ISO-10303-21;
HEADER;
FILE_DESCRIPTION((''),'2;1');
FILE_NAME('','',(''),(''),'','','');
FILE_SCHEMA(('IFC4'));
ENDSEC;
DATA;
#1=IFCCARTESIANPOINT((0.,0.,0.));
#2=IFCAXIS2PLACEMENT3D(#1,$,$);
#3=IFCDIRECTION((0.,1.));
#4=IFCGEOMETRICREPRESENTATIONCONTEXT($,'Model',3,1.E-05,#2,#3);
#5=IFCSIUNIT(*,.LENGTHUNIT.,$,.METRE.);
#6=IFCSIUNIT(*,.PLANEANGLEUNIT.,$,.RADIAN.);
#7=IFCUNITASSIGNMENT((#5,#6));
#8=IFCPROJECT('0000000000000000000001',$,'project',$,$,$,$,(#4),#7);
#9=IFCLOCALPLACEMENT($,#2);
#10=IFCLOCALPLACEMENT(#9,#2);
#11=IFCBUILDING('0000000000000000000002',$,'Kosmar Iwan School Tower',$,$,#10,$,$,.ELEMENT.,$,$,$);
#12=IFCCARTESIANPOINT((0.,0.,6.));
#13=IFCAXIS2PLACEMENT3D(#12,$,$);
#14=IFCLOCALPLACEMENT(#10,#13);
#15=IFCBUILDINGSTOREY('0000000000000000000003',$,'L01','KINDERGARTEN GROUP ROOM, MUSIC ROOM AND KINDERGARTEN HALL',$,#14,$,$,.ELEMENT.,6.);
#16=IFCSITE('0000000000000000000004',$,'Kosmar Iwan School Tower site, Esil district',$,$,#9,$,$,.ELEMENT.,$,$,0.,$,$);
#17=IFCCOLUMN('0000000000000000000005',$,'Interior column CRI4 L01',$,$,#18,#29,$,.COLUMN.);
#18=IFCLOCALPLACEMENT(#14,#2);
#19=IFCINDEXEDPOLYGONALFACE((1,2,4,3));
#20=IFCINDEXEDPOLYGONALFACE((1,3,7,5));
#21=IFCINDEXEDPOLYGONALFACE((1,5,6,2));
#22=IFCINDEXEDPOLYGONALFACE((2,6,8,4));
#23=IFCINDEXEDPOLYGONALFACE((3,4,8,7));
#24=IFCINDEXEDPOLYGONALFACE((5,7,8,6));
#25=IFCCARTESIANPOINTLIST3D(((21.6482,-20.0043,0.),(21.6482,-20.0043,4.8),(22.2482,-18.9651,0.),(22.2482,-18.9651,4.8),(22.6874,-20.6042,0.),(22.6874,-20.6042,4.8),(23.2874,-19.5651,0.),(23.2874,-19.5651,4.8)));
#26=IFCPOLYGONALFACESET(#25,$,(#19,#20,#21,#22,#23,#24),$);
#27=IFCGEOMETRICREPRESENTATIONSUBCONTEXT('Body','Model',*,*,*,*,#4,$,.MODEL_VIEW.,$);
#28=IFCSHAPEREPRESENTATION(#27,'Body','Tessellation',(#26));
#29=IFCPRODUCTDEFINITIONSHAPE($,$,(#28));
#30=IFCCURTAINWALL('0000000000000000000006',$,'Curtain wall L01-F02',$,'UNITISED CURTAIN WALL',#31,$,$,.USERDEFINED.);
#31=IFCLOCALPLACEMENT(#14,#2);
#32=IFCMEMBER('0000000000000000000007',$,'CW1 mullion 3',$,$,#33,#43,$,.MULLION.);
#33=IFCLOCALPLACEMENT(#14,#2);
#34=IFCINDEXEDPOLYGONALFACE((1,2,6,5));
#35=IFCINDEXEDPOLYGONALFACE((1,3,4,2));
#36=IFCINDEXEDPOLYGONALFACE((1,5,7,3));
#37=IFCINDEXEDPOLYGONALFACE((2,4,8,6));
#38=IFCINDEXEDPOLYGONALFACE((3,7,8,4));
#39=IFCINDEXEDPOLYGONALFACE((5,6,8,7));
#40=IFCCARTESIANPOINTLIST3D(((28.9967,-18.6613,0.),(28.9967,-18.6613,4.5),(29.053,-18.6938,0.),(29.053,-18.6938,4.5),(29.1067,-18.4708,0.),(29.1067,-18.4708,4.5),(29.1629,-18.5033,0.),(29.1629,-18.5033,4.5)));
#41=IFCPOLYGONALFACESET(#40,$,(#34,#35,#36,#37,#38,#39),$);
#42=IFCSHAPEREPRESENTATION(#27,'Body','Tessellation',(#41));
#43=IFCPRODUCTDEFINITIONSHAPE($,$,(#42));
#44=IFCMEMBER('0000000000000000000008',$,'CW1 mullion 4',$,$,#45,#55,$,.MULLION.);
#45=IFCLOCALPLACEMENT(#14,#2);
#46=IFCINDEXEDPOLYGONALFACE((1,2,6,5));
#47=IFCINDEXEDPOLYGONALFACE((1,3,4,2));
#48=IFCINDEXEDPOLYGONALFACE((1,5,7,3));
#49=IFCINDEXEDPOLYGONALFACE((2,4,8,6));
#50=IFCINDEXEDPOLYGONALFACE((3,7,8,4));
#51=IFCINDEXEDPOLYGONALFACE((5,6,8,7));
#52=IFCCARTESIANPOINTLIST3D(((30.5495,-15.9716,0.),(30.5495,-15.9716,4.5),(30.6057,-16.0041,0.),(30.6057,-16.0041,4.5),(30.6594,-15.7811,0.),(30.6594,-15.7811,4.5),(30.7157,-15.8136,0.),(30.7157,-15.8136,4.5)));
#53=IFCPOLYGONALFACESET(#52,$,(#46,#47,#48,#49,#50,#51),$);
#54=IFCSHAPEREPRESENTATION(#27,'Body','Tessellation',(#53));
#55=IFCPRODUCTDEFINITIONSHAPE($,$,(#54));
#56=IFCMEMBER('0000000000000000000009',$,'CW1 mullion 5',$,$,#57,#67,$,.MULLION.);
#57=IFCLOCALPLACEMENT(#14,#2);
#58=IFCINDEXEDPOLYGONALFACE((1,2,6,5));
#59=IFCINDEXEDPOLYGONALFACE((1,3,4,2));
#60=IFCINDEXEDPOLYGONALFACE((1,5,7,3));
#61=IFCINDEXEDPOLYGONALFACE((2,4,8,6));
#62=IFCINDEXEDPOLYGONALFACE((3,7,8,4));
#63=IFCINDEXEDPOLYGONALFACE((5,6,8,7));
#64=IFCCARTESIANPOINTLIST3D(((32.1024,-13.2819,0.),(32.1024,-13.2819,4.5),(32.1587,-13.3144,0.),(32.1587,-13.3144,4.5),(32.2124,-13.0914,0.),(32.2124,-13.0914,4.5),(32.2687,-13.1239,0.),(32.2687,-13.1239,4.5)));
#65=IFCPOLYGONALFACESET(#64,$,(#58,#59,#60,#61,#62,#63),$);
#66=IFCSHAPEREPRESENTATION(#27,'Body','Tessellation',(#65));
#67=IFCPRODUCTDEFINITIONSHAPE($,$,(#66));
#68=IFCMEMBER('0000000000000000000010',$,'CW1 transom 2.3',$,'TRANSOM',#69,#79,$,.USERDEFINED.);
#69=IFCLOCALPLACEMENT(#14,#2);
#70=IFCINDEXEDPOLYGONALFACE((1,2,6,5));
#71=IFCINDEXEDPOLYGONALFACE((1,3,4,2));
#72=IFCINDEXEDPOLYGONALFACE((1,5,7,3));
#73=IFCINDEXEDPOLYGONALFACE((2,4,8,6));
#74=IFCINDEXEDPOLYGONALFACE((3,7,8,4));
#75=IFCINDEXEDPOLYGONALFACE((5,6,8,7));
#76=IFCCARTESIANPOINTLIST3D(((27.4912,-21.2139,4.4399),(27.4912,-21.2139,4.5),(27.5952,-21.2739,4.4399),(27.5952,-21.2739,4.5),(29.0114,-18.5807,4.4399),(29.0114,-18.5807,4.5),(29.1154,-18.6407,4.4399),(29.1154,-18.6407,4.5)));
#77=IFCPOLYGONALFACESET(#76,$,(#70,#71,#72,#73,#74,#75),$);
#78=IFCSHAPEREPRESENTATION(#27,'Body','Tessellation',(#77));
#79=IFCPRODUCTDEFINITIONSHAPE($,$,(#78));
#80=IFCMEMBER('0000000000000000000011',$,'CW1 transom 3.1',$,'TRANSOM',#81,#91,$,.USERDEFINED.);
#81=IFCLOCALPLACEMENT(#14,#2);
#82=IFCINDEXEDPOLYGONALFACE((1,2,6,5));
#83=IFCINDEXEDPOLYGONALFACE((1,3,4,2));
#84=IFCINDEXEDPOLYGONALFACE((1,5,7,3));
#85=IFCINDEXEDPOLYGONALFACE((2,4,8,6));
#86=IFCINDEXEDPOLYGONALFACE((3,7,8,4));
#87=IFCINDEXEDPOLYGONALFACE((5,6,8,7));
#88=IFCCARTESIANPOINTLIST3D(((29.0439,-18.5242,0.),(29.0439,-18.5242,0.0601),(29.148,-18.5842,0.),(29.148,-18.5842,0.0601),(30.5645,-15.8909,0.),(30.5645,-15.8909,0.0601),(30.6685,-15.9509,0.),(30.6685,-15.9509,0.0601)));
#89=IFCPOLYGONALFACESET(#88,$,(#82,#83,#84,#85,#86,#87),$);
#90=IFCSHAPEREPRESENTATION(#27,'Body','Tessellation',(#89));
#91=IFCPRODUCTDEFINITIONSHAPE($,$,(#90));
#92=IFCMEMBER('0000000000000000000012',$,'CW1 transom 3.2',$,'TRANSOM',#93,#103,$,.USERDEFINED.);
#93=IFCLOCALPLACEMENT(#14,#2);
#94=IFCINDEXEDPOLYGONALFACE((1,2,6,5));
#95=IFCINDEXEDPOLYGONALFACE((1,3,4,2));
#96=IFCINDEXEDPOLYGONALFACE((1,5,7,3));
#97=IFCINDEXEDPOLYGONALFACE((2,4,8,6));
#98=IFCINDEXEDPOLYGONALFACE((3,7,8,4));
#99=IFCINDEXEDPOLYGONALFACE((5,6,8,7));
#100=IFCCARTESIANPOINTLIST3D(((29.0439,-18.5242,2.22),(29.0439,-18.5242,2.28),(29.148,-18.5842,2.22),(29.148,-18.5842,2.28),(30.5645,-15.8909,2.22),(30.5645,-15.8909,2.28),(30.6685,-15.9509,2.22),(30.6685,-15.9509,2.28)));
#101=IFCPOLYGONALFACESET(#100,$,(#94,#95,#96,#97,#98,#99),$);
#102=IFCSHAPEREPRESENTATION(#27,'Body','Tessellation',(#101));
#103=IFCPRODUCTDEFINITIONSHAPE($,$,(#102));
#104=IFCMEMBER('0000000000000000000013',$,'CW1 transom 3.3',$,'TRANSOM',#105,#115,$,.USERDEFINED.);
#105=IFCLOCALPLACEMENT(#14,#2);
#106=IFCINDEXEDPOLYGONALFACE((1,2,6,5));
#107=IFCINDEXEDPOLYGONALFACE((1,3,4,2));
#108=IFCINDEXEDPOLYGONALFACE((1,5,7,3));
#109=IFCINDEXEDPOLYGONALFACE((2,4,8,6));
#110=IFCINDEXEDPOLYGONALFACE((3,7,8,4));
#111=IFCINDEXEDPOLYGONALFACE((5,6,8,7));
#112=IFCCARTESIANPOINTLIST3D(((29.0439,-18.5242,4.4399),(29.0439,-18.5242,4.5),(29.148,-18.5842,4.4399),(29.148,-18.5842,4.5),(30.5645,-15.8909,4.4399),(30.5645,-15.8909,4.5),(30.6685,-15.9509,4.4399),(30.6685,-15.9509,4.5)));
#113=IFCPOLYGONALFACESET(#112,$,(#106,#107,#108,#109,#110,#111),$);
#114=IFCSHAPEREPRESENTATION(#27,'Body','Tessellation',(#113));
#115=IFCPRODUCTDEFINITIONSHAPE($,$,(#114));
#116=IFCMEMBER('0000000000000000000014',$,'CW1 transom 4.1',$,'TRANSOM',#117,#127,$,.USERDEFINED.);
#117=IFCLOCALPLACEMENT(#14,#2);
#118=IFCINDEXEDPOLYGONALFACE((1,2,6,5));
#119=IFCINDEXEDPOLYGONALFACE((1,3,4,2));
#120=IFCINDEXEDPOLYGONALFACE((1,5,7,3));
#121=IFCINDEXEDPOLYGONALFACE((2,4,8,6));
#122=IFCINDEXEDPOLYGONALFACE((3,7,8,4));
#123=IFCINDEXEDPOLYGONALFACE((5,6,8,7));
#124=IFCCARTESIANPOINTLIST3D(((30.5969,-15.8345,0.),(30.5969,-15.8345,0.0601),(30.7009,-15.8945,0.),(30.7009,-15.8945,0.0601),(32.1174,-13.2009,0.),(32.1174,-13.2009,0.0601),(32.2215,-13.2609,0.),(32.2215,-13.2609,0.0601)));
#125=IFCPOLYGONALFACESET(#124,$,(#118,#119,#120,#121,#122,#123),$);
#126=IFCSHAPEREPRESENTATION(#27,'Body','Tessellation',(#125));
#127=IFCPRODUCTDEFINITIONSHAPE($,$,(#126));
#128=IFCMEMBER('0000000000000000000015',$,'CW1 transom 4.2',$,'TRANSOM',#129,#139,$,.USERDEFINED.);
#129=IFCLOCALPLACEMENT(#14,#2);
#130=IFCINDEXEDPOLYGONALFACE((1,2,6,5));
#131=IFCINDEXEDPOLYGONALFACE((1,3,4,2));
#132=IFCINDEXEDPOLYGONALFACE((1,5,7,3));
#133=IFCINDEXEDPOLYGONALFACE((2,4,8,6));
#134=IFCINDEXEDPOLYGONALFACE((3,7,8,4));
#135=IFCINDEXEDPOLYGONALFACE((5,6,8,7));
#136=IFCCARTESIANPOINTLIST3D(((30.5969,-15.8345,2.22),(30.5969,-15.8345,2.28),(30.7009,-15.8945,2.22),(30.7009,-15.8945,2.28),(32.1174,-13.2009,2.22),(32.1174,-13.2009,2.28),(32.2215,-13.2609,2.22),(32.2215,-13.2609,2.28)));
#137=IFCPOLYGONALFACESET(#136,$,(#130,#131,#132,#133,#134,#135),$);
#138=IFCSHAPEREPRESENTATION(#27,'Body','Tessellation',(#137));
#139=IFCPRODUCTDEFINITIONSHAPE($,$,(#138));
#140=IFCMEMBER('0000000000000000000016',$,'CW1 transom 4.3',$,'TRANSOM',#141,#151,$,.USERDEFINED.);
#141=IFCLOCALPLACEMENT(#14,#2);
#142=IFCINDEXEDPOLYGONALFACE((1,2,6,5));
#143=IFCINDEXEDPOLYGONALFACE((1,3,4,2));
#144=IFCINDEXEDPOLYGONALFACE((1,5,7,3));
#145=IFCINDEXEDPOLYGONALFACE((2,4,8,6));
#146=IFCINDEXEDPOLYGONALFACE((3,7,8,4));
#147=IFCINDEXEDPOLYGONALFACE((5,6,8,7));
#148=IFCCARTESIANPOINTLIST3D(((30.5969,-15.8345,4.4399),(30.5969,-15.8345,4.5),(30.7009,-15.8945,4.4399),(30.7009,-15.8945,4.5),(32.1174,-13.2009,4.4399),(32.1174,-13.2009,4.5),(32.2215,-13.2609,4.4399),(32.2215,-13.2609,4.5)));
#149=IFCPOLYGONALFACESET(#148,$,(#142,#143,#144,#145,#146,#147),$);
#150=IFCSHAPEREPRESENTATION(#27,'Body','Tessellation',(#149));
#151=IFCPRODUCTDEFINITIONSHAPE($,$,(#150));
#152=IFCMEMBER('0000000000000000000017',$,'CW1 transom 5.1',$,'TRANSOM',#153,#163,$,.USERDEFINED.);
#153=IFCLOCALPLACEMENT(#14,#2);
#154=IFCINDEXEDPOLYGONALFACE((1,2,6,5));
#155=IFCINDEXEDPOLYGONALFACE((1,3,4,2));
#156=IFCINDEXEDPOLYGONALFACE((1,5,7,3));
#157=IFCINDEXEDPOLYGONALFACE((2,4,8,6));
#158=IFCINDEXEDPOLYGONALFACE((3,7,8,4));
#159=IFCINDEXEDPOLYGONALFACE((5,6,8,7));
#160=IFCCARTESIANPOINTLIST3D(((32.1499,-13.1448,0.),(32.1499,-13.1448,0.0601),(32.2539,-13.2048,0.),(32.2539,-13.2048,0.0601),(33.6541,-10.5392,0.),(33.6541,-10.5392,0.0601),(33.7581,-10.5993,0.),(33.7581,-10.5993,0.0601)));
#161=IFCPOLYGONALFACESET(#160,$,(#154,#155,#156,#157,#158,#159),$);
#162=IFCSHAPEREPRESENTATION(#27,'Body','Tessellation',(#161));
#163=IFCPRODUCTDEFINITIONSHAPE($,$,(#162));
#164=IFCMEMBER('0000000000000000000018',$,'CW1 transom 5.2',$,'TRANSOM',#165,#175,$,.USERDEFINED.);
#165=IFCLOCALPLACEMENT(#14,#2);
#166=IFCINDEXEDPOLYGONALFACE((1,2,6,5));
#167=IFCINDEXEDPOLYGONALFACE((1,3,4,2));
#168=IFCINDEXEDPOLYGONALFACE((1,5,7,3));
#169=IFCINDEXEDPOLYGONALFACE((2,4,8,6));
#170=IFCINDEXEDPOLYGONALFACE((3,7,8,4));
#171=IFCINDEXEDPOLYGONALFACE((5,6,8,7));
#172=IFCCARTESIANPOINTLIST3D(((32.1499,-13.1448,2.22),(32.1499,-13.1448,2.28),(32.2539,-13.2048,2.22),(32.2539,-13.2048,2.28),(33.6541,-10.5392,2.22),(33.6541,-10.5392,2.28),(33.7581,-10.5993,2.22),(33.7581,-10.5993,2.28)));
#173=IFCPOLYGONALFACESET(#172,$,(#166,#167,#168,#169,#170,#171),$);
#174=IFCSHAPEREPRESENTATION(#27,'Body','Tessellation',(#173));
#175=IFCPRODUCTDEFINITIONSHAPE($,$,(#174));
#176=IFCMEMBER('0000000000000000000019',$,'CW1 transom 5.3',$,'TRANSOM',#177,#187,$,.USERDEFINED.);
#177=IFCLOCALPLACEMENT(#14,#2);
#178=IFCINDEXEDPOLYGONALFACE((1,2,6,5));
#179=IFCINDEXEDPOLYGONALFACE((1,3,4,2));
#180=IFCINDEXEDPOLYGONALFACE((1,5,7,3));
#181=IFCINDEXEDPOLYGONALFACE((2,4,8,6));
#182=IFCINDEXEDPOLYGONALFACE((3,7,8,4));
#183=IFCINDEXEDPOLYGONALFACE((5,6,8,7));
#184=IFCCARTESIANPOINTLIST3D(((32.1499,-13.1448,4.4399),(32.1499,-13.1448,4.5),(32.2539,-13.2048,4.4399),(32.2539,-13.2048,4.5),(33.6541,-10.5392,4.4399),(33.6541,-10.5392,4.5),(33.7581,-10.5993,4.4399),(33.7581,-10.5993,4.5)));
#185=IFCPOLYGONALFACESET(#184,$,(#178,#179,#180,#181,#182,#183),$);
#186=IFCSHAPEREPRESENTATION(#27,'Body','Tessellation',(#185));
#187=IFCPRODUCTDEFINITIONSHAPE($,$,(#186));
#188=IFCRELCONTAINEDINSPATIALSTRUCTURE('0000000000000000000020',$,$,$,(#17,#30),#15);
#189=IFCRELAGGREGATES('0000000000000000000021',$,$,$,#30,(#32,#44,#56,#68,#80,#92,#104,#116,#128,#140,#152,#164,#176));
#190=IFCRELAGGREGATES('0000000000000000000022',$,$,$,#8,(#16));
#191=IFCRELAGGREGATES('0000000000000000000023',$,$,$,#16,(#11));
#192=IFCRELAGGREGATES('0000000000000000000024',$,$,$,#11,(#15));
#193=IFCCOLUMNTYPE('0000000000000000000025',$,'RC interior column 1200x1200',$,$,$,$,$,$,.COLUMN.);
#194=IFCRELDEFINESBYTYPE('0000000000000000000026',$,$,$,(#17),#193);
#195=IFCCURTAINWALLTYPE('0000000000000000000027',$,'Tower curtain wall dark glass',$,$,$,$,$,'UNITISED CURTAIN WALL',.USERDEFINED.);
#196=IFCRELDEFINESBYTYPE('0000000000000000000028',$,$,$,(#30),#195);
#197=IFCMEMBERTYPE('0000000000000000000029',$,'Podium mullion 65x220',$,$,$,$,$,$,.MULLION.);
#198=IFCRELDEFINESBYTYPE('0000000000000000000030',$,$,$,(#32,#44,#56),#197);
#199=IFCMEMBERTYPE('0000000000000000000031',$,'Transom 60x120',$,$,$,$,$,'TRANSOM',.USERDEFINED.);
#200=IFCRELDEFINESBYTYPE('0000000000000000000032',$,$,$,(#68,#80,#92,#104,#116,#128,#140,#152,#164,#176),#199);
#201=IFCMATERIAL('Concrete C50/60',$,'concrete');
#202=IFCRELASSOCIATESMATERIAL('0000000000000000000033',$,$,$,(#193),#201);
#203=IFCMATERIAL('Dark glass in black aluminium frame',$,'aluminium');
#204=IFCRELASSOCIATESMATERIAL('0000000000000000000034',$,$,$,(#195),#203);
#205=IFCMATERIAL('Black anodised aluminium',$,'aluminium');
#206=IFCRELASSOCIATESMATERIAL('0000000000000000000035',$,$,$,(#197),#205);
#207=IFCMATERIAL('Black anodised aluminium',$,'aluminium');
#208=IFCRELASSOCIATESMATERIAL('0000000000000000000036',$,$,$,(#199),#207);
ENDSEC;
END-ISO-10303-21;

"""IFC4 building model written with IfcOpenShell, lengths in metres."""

from ifc_helpers import new_model, si_unit, direction, frame, origin, origin_2d, place, context, subcontext, project, spatial, rectangle, extrude, material, material_profile, profile_set, type_object, element, aggregate, save


model = new_model("IFC4")

# Units and contexts
model_context = context("Model", 3, precision=1e-05, world=origin(), true_north=direction((0.0, 1.0)))
body_context = subcontext(model_context, "Body", "Model", "MODEL_VIEW")
ifc_project = project(units=[si_unit("LENGTHUNIT", "METRE"), si_unit("PLANEANGLEUNIT", "RADIAN")], contexts=[model_context])

# Site, building, storey
site_placement = place(None, origin())
site = spatial("IfcSite", under=ifc_project, at=site_placement, Name="Kosmar Iwan School Tower site, Esil district", CompositionType="ELEMENT", RefElevation=0.0)
building_placement = place(site_placement, origin())
building = spatial("IfcBuilding", under=site, at=building_placement, Name="Kosmar Iwan School Tower", CompositionType="ELEMENT")
storey_placement = place(building_placement, frame((0.0, 0.0, 6.0)))
storey = spatial("IfcBuildingStorey", under=building, at=storey_placement, Name="L01", Description="KINDERGARTEN GROUP ROOM, MUSIC ROOM AND KINDERGARTEN HALL", CompositionType="ELEMENT", Elevation=6.0)

# Column
ifc_material_1 = material(Name="Concrete C50/60", Category="concrete")
ifc_material_profile_1 = material_profile(ifc_material_1, rectangle(XDim=1.2, YDim=1.2, at=origin_2d()), Name="RC 1200x1200")
ifc_profile_set_1 = profile_set([ifc_material_profile_1], Name="Concrete C50/60")
column_type = type_object("IfcColumnType", Name="RC interior column 1200x1200", PredefinedType="COLUMN", material=ifc_profile_set_1)
column_placement = place(storey_placement, frame((22.4678, -19.7847, 0.0), z_axis=(0.0, 0.0, 1.0), x_axis=(0.866025, -0.5, 0.0)))
element("IfcColumn", 1, at=column_placement, inside=storey, type_object=column_type, Name="Interior column CRI4 L01", PredefinedType="COLUMN", context=body_context, shape_type="SweptSolid", body=[
    extrude(rectangle(XDim=1.2, YDim=1.2, at=origin_2d()), origin(), (0.0, 0.0, 1.0), 4.8),
])

# Curtain wall, members
ifc_material_2 = material(Name="Dark glass in black aluminium frame", Category="aluminium")
curtain_wall_type = type_object("IfcCurtainWallType", Name="Tower curtain wall dark glass", ElementType="UNITISED CURTAIN WALL", PredefinedType="USERDEFINED", material=ifc_material_2)
curtain_wall_placement = place(storey_placement, origin())
curtain_wall = element("IfcCurtainWall", 2, at=curtain_wall_placement, inside=storey, type_object=curtain_wall_type, Name="Curtain wall L01-F02", ObjectType="UNITISED CURTAIN WALL", PredefinedType="USERDEFINED")
ifc_material_3 = material(Name="Black anodised aluminium", Category="aluminium")
ifc_material_profile_2 = material_profile(ifc_material_3, rectangle(XDim=0.0649, YDim=0.22, at=origin_2d()), Name="MULLION 65x220")
ifc_profile_set_2 = profile_set([ifc_material_profile_2], Name="Black anodised aluminium")
member_type_1 = type_object("IfcMemberType", Name="Podium mullion 65x220", PredefinedType="MULLION", material=ifc_profile_set_2)
member_1_placement = place(storey_placement, frame((29.0798, -18.5823, 0.0), z_axis=(0.0, 0.0, 1.0), x_axis=(-0.866025, 0.5, 0.0)))
member_1 = element("IfcMember", 3, at=member_1_placement, type_object=member_type_1, Name="CW1 mullion 3", PredefinedType="MULLION", context=body_context, shape_type="SweptSolid", body=[
    extrude(rectangle(XDim=0.0649, YDim=0.22, at=origin_2d()), origin(), (0.0, 0.0, 1.0), 4.5),
])
member_2_placement = place(storey_placement, frame((30.6326, -15.8926, 0.0), z_axis=(0.0, 0.0, 1.0), x_axis=(-0.866025, 0.5, 0.0)))
member_2 = element("IfcMember", 4, at=member_2_placement, type_object=member_type_1, Name="CW1 mullion 4", PredefinedType="MULLION", context=body_context, shape_type="SweptSolid", body=[
    extrude(rectangle(XDim=0.0649, YDim=0.22, at=origin_2d()), origin(), (0.0, 0.0, 1.0), 4.5),
])
member_3_placement = place(storey_placement, frame((32.1855, -13.2029, 0.0), z_axis=(0.0, 0.0, 1.0), x_axis=(-0.866025, 0.5, 0.0)))
member_3 = element("IfcMember", 5, at=member_3_placement, type_object=member_type_1, Name="CW1 mullion 5", PredefinedType="MULLION", context=body_context, shape_type="SweptSolid", body=[
    extrude(rectangle(XDim=0.0649, YDim=0.22, at=origin_2d()), origin(), (0.0, 0.0, 1.0), 4.5),
])
ifc_material_4 = material(Name="Black anodised aluminium", Category="aluminium")
ifc_material_profile_3 = material_profile(ifc_material_4, rectangle(XDim=0.1201, YDim=0.0601, at=origin_2d()), Name="TRANSOM 60x120")
ifc_profile_set_3 = profile_set([ifc_material_profile_3], Name="Black anodised aluminium")
member_type_2 = type_object("IfcMemberType", Name="Transom 60x120", ElementType="TRANSOM", PredefinedType="USERDEFINED", material=ifc_profile_set_3)
member_4_placement = place(storey_placement, frame((27.5432, -21.2439, 4.47), z_axis=(0.499982, 0.866036, 0.0), x_axis=(-0.866036, 0.499982, 0.0)))
member_4 = element("IfcMember", 6, at=member_4_placement, type_object=member_type_2, Name="CW1 transom 2.3", ObjectType="TRANSOM", PredefinedType="USERDEFINED", context=body_context, shape_type="SweptSolid", body=[
    extrude(rectangle(XDim=0.1201, YDim=0.0601, at=origin_2d()), origin(), (0.0, 0.0, 1.0), 3.0405),
])
member_5_placement = place(storey_placement, frame((29.0959, -18.5542, 0.03), z_axis=(0.500042, 0.866001, 0.0), x_axis=(-0.866001, 0.500042, 0.0)))
member_5 = element("IfcMember", 7, at=member_5_placement, type_object=member_type_2, Name="CW1 transom 3.1", ObjectType="TRANSOM", PredefinedType="USERDEFINED", context=body_context, shape_type="SweptSolid", body=[
    extrude(rectangle(XDim=0.1201, YDim=0.0601, at=origin_2d()), origin(), (0.0, 0.0, 1.0), 3.0408),
])
member_6_placement = place(storey_placement, frame((29.0959, -18.5542, 2.25), z_axis=(0.500042, 0.866001, 0.0), x_axis=(-0.866001, 0.500042, 0.0)))
member_6 = element("IfcMember", 8, at=member_6_placement, type_object=member_type_2, Name="CW1 transom 3.2", ObjectType="TRANSOM", PredefinedType="USERDEFINED", context=body_context, shape_type="SweptSolid", body=[
    extrude(rectangle(XDim=0.1201, YDim=0.0601, at=origin_2d()), origin(), (0.0, 0.0, 1.0), 3.0408),
])
member_7_placement = place(storey_placement, frame((29.0959, -18.5542, 4.47), z_axis=(0.500042, 0.866001, 0.0), x_axis=(-0.866001, 0.500042, 0.0)))
member_7 = element("IfcMember", 9, at=member_7_placement, type_object=member_type_2, Name="CW1 transom 3.3", ObjectType="TRANSOM", PredefinedType="USERDEFINED", context=body_context, shape_type="SweptSolid", body=[
    extrude(rectangle(XDim=0.1201, YDim=0.0601, at=origin_2d()), origin(), (0.0, 0.0, 1.0), 3.0408),
])
member_8_placement = place(storey_placement, frame((30.6489, -15.8645, 0.03), z_axis=(0.500007, 0.866021, 0.0), x_axis=(-0.866021, 0.500007, 0.0)))
member_8 = element("IfcMember", 10, at=member_8_placement, type_object=member_type_2, Name="CW1 transom 4.1", ObjectType="TRANSOM", PredefinedType="USERDEFINED", context=body_context, shape_type="SweptSolid", body=[
    extrude(rectangle(XDim=0.1201, YDim=0.0601, at=origin_2d()), origin(), (0.0, 0.0, 1.0), 3.041),
])
member_9_placement = place(storey_placement, frame((30.6489, -15.8645, 2.25), z_axis=(0.500007, 0.866021, 0.0), x_axis=(-0.866021, 0.500007, 0.0)))
member_9 = element("IfcMember", 11, at=member_9_placement, type_object=member_type_2, Name="CW1 transom 4.2", ObjectType="TRANSOM", PredefinedType="USERDEFINED", context=body_context, shape_type="SweptSolid", body=[
    extrude(rectangle(XDim=0.1201, YDim=0.0601, at=origin_2d()), origin(), (0.0, 0.0, 1.0), 3.041),
])
member_10_placement = place(storey_placement, frame((30.6489, -15.8645, 4.47), z_axis=(0.500007, 0.866021, 0.0), x_axis=(-0.866021, 0.500007, 0.0)))
member_10 = element("IfcMember", 12, at=member_10_placement, type_object=member_type_2, Name="CW1 transom 4.3", ObjectType="TRANSOM", PredefinedType="USERDEFINED", context=body_context, shape_type="SweptSolid", body=[
    extrude(rectangle(XDim=0.1201, YDim=0.0601, at=origin_2d()), origin(), (0.0, 0.0, 1.0), 3.041),
])
member_11_placement = place(storey_placement, frame((32.2019, -13.1748, 0.03), z_axis=(0.499971, 0.866042, 0.0), x_axis=(-0.866042, 0.499971, 0.0)))
member_11 = element("IfcMember", 13, at=member_11_placement, type_object=member_type_2, Name="CW1 transom 5.1", ObjectType="TRANSOM", PredefinedType="USERDEFINED", context=body_context, shape_type="SweptSolid", body=[
    extrude(rectangle(XDim=0.1201, YDim=0.0601, at=origin_2d()), origin(), (0.0, 0.0, 1.0), 3.0085),
])
member_12_placement = place(storey_placement, frame((32.2019, -13.1748, 2.25), z_axis=(0.499971, 0.866042, 0.0), x_axis=(-0.866042, 0.499971, 0.0)))
member_12 = element("IfcMember", 14, at=member_12_placement, type_object=member_type_2, Name="CW1 transom 5.2", ObjectType="TRANSOM", PredefinedType="USERDEFINED", context=body_context, shape_type="SweptSolid", body=[
    extrude(rectangle(XDim=0.1201, YDim=0.0601, at=origin_2d()), origin(), (0.0, 0.0, 1.0), 3.0085),
])
member_13_placement = place(storey_placement, frame((32.2019, -13.1748, 4.47), z_axis=(0.499971, 0.866042, 0.0), x_axis=(-0.866042, 0.499971, 0.0)))
member_13 = element("IfcMember", 15, at=member_13_placement, type_object=member_type_2, Name="CW1 transom 5.3", ObjectType="TRANSOM", PredefinedType="USERDEFINED", context=body_context, shape_type="SweptSolid", body=[
    extrude(rectangle(XDim=0.1201, YDim=0.0601, at=origin_2d()), origin(), (0.0, 0.0, 1.0), 3.0085),
])
aggregate(curtain_wall, [member_1, member_2, member_3, member_4, member_5, member_6, member_7, member_8, member_9, member_10, member_11, member_12, member_13])

save(model, "model.ifc")
